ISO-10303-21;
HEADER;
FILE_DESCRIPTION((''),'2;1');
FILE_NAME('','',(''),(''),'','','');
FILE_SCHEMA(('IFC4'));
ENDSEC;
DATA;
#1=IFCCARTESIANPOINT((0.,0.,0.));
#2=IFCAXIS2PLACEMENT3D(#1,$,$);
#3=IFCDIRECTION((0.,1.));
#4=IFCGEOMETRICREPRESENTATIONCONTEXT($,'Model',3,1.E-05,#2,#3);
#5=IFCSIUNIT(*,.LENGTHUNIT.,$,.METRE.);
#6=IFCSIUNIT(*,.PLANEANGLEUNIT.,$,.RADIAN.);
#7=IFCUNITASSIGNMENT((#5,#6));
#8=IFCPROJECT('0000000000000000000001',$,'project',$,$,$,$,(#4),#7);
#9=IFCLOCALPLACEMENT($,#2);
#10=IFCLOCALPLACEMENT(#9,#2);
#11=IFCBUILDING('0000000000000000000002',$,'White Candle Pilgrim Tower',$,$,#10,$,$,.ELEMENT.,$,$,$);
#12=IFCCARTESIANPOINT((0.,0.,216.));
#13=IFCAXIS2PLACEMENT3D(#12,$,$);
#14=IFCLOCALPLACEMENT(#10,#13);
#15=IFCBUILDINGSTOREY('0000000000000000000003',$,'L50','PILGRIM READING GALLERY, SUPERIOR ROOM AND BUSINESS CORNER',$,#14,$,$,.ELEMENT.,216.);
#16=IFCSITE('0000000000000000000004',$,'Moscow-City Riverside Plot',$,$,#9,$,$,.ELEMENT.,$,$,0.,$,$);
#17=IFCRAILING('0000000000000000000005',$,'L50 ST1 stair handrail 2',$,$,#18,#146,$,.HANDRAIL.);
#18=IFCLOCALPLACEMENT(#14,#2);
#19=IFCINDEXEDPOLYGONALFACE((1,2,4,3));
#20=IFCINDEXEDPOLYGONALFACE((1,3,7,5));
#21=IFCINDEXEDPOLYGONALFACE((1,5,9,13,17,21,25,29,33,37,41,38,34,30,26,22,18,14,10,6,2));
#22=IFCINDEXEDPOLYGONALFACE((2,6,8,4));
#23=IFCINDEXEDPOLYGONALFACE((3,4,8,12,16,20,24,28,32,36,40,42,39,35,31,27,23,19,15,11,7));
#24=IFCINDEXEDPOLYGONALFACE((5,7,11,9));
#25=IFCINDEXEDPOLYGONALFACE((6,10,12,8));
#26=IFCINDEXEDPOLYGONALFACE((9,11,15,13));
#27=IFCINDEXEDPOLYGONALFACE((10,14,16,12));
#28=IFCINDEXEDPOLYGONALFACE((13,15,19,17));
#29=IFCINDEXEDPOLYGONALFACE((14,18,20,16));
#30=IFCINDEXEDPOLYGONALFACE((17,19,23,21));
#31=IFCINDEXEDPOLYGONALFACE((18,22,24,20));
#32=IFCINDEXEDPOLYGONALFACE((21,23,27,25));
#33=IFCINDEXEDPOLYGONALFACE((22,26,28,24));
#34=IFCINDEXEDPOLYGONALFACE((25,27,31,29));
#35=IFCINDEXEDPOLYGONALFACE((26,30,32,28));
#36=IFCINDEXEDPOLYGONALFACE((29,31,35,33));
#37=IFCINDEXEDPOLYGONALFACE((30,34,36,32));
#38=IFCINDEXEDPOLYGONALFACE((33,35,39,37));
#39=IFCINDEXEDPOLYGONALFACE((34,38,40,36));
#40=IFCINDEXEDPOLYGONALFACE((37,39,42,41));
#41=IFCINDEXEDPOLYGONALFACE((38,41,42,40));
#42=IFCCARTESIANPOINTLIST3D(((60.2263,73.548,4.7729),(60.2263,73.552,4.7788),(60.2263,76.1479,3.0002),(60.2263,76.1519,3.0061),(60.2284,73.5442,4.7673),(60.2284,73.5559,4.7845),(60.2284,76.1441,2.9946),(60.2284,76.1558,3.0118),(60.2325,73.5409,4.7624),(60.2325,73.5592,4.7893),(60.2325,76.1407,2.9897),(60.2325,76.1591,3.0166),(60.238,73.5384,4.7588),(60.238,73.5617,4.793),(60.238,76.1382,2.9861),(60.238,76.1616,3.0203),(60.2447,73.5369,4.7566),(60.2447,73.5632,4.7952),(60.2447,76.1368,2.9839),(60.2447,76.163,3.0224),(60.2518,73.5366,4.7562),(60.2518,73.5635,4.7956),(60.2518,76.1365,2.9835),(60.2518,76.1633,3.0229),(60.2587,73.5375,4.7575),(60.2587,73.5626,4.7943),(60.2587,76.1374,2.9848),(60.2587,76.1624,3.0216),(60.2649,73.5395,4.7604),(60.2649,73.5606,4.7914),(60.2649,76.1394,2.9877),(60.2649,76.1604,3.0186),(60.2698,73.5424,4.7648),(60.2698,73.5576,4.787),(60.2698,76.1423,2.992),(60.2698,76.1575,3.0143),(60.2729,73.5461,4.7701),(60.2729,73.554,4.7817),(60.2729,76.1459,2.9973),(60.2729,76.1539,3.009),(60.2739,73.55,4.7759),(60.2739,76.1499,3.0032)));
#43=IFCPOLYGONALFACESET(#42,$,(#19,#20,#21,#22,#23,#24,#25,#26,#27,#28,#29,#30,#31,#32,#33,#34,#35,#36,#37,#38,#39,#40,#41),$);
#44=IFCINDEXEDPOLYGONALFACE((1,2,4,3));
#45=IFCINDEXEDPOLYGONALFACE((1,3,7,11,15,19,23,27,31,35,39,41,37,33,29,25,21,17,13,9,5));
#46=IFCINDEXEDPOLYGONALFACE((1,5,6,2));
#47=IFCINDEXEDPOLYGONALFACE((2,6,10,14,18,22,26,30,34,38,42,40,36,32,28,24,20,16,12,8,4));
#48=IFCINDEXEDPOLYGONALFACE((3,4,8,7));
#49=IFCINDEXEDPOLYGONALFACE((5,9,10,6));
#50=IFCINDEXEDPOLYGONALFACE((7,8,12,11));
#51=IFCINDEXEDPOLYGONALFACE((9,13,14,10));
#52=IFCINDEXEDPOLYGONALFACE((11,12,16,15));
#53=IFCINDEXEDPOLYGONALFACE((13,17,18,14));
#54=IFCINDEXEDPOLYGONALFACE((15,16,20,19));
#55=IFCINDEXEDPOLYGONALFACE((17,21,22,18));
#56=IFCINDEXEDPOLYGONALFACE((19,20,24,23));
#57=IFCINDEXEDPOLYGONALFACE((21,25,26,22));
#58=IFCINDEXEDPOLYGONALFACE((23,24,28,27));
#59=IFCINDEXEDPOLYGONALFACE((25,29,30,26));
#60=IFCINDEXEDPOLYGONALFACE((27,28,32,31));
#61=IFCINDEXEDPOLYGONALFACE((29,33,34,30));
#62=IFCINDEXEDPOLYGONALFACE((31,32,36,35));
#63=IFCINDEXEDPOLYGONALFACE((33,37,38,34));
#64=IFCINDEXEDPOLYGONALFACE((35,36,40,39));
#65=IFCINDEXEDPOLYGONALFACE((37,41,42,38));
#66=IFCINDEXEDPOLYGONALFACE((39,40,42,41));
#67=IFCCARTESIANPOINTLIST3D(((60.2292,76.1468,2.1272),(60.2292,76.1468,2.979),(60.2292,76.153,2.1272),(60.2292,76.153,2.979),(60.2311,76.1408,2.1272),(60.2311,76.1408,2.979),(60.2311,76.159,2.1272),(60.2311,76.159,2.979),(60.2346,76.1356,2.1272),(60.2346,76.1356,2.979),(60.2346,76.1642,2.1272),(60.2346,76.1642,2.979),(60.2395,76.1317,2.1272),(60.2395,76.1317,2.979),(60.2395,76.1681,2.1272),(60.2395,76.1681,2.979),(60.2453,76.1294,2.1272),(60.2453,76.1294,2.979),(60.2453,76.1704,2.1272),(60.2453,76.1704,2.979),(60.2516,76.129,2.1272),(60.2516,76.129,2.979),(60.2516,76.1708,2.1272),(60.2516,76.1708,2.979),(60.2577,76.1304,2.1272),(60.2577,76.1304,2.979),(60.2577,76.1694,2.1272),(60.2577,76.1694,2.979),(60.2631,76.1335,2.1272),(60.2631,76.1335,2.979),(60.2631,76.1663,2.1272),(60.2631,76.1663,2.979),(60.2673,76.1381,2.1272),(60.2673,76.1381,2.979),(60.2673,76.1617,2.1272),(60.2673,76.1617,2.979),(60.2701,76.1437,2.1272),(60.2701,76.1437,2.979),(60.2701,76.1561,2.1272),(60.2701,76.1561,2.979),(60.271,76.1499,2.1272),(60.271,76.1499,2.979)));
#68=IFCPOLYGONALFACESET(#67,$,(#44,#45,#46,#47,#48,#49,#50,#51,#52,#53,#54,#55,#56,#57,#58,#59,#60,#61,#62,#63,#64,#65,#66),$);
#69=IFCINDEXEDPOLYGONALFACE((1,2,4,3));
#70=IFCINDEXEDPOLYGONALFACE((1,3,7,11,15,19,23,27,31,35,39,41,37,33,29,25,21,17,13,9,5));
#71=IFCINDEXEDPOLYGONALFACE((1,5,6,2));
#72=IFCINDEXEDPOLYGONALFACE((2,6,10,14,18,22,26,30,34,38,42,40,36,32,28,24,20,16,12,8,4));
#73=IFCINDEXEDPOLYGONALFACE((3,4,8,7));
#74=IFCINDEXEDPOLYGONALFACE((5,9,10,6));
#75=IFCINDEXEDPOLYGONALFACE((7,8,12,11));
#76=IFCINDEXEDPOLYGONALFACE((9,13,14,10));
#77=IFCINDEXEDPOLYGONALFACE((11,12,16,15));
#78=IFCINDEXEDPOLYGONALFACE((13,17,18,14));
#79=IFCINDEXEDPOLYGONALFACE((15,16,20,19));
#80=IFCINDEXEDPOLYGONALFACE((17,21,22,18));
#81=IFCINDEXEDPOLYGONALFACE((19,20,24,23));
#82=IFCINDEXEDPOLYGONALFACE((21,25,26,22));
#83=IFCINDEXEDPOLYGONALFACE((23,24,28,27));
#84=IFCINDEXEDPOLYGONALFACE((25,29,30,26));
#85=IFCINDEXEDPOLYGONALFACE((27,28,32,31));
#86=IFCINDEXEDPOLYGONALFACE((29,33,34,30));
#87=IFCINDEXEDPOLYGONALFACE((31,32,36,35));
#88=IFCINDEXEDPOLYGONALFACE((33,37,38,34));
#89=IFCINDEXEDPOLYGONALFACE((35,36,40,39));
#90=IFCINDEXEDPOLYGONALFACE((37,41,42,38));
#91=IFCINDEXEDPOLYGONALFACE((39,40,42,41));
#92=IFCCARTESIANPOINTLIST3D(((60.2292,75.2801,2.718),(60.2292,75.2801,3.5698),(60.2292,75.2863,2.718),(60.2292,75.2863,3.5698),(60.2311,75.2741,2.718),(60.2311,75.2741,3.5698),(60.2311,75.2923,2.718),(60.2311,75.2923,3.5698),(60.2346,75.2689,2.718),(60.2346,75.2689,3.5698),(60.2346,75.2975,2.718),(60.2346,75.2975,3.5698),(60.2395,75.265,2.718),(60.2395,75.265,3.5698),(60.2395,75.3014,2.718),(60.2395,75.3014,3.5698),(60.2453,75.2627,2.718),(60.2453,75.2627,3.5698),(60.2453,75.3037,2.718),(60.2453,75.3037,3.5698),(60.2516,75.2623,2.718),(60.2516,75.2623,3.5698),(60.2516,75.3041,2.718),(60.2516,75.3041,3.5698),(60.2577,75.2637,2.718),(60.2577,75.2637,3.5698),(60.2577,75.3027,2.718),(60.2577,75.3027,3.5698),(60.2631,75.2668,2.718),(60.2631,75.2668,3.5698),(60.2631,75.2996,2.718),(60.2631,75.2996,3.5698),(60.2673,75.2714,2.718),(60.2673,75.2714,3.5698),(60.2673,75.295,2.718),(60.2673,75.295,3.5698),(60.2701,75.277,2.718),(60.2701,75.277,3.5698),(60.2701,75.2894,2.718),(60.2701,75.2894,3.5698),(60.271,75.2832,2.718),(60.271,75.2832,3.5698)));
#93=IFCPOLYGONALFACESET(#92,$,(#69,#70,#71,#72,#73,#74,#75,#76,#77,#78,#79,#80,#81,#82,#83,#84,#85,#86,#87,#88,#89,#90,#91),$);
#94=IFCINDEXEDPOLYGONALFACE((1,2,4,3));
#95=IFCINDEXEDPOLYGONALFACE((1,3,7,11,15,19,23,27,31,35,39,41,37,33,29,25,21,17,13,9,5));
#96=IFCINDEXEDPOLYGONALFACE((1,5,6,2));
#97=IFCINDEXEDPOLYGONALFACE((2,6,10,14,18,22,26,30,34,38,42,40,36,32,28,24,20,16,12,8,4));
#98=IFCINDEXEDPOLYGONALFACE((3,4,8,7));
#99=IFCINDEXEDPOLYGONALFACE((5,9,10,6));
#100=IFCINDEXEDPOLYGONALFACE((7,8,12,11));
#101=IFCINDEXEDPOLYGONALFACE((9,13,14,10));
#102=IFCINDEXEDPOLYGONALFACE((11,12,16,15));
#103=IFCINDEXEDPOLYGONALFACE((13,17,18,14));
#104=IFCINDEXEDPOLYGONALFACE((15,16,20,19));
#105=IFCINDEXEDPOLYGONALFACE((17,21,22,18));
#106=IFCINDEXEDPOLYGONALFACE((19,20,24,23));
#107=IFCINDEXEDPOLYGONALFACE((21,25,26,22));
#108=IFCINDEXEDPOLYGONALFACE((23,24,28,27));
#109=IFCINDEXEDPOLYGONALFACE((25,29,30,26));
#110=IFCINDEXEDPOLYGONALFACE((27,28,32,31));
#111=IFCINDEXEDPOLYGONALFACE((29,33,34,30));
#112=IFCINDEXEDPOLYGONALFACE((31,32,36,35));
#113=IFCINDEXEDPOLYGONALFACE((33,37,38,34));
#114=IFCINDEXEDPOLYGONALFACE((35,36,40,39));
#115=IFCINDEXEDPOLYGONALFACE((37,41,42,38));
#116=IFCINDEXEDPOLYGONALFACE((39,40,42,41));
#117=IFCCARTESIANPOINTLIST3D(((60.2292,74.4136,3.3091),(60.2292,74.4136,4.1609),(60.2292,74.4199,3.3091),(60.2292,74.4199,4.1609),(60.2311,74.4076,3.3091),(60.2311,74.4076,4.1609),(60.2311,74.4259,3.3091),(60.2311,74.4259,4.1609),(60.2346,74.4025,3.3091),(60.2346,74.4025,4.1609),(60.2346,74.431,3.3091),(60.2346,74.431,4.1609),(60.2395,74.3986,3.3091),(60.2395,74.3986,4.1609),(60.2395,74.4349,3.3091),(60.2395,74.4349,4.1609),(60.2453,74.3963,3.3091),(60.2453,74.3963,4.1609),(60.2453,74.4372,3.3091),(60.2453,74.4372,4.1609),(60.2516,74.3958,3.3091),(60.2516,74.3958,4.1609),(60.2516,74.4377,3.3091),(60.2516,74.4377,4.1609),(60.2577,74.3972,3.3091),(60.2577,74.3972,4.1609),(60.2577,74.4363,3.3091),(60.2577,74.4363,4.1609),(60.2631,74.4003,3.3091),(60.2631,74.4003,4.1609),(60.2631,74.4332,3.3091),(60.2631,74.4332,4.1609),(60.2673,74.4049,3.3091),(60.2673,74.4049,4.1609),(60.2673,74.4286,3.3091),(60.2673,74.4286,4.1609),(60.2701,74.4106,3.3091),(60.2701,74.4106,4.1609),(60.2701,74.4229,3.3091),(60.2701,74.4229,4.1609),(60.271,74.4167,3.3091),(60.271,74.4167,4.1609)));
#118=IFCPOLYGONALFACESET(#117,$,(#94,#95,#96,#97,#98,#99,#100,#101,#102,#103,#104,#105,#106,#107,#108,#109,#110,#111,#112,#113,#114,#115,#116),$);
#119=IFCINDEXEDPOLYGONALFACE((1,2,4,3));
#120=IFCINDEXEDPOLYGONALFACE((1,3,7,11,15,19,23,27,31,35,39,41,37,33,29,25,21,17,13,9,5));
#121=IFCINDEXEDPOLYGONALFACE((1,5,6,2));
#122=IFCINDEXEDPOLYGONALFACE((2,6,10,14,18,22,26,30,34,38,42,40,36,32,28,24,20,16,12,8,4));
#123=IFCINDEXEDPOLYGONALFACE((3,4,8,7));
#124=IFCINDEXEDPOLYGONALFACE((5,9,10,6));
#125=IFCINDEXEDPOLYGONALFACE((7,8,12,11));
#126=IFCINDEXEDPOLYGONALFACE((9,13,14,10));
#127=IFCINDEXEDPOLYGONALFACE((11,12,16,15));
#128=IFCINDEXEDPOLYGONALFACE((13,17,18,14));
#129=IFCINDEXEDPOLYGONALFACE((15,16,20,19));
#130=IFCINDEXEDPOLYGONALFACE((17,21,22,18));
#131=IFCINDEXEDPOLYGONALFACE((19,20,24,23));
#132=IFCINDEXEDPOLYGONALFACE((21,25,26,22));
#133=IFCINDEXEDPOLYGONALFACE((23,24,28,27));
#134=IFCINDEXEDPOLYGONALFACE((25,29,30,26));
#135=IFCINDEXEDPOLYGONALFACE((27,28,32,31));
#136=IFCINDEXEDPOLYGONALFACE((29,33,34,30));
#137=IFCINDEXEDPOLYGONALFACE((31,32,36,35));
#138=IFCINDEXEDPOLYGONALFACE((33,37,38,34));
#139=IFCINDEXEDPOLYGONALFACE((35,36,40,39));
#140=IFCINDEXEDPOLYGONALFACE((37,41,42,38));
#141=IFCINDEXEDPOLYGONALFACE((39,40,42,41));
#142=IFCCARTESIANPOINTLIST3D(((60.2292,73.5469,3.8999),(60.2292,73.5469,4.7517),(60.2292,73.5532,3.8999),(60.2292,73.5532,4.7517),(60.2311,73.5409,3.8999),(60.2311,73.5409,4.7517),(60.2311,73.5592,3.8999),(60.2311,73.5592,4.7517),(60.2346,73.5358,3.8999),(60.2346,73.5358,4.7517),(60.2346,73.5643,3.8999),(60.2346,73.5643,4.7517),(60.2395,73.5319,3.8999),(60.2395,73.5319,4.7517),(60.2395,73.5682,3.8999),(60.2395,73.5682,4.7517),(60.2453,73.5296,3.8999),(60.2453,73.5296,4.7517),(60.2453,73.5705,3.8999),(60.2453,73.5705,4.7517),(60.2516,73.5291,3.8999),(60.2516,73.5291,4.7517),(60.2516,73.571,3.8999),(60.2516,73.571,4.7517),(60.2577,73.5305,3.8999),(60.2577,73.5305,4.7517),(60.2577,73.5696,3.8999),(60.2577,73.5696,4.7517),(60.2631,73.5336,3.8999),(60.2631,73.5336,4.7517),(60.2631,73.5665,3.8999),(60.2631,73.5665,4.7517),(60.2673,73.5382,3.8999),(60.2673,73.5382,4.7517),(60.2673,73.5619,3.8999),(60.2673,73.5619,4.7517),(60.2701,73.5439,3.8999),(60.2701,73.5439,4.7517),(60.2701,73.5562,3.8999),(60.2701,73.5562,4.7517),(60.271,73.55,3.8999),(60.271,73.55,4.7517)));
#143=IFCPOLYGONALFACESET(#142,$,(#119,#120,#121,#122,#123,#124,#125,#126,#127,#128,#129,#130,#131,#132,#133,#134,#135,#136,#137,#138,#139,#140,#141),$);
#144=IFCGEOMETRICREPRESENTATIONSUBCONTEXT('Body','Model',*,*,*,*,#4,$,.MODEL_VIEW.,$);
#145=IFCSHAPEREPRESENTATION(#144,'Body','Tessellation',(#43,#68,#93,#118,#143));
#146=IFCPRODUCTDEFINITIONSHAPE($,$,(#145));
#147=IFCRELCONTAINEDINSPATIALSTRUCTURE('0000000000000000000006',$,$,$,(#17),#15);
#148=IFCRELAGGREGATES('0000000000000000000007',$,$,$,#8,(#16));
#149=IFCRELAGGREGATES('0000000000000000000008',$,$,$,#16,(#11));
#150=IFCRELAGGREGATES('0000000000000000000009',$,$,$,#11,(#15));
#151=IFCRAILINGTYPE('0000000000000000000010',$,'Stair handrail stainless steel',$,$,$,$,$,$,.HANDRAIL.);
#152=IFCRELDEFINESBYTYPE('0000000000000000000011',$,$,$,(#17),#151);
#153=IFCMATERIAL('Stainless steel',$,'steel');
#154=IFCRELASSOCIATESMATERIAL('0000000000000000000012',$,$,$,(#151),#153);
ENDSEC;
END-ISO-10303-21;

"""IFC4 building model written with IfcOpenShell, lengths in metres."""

from ifc_helpers import new_model, si_unit, direction, frame, origin, origin_2d, place, context, subcontext, project, spatial, circle, extrude, material, type_object, element, save


model = new_model("IFC4")

# Units and contexts
model_context = context("Model", 3, precision=1e-05, world=origin(), true_north=direction((0.0, 1.0)))
body_context = subcontext(model_context, "Body", "Model", "MODEL_VIEW")
ifc_project = project(units=[si_unit("LENGTHUNIT", "METRE"), si_unit("PLANEANGLEUNIT", "RADIAN")], contexts=[model_context])

# Site, building, storey
site_placement = place(None, origin())
site = spatial("IfcSite", under=ifc_project, at=site_placement, Name="Moscow-City Riverside Plot", CompositionType="ELEMENT", RefElevation=0.0)
building_placement = place(site_placement, origin())
building = spatial("IfcBuilding", under=site, at=building_placement, Name="White Candle Pilgrim Tower", CompositionType="ELEMENT")
storey_placement = place(building_placement, frame((0.0, 0.0, 216.0)))
storey = spatial("IfcBuildingStorey", under=building, at=storey_placement, Name="L50", Description="PILGRIM READING GALLERY, SUPERIOR ROOM AND BUSINESS CORNER", CompositionType="ELEMENT", Elevation=216.0)

# Shared definitions
ifc_material_1 = material(Name="Stainless steel", Category="steel")

# Railing
railing_type_1 = type_object("IfcRailingType", Name="Stair handrail stainless steel", PredefinedType="HANDRAIL", material=ifc_material_1)
railing_1_placement = place(storey_placement, frame((60.25, 76.1499, 2.1272)))
element("IfcRailing", 1, at=railing_1_placement, inside=storey, type_object=railing_type_1, Name="L50 ST1 stair handrail 2", PredefinedType="HANDRAIL", context=body_context, shape_type="SweptSolid", body=[
    extrude(circle(Radius=0.0239, at=origin_2d()), frame((0.0, 0.0, 0.876), z_axis=(0.0, -0.826216, 0.563354), x_axis=(1.0, 0.0, 0.0)), (0.0, 0.0, 1.0), 3.1467),
    extrude(circle(Radius=0.021, at=origin_2d()), origin(), (0.0, 0.0, 1.0), 0.8518),
    extrude(circle(Radius=0.021, at=origin_2d()), frame((0.0, -0.8667, 0.5908)), (0.0, 0.0, 1.0), 0.8518),
    extrude(circle(Radius=0.021, at=origin_2d()), frame((0.0, -1.7332, 1.1819)), (0.0, 0.0, 1.0), 0.8518),
    extrude(circle(Radius=0.021, at=origin_2d()), frame((0.0, -2.5999, 1.7727)), (0.0, 0.0, 1.0), 0.8518),
])

save(model, "model.ifc")
